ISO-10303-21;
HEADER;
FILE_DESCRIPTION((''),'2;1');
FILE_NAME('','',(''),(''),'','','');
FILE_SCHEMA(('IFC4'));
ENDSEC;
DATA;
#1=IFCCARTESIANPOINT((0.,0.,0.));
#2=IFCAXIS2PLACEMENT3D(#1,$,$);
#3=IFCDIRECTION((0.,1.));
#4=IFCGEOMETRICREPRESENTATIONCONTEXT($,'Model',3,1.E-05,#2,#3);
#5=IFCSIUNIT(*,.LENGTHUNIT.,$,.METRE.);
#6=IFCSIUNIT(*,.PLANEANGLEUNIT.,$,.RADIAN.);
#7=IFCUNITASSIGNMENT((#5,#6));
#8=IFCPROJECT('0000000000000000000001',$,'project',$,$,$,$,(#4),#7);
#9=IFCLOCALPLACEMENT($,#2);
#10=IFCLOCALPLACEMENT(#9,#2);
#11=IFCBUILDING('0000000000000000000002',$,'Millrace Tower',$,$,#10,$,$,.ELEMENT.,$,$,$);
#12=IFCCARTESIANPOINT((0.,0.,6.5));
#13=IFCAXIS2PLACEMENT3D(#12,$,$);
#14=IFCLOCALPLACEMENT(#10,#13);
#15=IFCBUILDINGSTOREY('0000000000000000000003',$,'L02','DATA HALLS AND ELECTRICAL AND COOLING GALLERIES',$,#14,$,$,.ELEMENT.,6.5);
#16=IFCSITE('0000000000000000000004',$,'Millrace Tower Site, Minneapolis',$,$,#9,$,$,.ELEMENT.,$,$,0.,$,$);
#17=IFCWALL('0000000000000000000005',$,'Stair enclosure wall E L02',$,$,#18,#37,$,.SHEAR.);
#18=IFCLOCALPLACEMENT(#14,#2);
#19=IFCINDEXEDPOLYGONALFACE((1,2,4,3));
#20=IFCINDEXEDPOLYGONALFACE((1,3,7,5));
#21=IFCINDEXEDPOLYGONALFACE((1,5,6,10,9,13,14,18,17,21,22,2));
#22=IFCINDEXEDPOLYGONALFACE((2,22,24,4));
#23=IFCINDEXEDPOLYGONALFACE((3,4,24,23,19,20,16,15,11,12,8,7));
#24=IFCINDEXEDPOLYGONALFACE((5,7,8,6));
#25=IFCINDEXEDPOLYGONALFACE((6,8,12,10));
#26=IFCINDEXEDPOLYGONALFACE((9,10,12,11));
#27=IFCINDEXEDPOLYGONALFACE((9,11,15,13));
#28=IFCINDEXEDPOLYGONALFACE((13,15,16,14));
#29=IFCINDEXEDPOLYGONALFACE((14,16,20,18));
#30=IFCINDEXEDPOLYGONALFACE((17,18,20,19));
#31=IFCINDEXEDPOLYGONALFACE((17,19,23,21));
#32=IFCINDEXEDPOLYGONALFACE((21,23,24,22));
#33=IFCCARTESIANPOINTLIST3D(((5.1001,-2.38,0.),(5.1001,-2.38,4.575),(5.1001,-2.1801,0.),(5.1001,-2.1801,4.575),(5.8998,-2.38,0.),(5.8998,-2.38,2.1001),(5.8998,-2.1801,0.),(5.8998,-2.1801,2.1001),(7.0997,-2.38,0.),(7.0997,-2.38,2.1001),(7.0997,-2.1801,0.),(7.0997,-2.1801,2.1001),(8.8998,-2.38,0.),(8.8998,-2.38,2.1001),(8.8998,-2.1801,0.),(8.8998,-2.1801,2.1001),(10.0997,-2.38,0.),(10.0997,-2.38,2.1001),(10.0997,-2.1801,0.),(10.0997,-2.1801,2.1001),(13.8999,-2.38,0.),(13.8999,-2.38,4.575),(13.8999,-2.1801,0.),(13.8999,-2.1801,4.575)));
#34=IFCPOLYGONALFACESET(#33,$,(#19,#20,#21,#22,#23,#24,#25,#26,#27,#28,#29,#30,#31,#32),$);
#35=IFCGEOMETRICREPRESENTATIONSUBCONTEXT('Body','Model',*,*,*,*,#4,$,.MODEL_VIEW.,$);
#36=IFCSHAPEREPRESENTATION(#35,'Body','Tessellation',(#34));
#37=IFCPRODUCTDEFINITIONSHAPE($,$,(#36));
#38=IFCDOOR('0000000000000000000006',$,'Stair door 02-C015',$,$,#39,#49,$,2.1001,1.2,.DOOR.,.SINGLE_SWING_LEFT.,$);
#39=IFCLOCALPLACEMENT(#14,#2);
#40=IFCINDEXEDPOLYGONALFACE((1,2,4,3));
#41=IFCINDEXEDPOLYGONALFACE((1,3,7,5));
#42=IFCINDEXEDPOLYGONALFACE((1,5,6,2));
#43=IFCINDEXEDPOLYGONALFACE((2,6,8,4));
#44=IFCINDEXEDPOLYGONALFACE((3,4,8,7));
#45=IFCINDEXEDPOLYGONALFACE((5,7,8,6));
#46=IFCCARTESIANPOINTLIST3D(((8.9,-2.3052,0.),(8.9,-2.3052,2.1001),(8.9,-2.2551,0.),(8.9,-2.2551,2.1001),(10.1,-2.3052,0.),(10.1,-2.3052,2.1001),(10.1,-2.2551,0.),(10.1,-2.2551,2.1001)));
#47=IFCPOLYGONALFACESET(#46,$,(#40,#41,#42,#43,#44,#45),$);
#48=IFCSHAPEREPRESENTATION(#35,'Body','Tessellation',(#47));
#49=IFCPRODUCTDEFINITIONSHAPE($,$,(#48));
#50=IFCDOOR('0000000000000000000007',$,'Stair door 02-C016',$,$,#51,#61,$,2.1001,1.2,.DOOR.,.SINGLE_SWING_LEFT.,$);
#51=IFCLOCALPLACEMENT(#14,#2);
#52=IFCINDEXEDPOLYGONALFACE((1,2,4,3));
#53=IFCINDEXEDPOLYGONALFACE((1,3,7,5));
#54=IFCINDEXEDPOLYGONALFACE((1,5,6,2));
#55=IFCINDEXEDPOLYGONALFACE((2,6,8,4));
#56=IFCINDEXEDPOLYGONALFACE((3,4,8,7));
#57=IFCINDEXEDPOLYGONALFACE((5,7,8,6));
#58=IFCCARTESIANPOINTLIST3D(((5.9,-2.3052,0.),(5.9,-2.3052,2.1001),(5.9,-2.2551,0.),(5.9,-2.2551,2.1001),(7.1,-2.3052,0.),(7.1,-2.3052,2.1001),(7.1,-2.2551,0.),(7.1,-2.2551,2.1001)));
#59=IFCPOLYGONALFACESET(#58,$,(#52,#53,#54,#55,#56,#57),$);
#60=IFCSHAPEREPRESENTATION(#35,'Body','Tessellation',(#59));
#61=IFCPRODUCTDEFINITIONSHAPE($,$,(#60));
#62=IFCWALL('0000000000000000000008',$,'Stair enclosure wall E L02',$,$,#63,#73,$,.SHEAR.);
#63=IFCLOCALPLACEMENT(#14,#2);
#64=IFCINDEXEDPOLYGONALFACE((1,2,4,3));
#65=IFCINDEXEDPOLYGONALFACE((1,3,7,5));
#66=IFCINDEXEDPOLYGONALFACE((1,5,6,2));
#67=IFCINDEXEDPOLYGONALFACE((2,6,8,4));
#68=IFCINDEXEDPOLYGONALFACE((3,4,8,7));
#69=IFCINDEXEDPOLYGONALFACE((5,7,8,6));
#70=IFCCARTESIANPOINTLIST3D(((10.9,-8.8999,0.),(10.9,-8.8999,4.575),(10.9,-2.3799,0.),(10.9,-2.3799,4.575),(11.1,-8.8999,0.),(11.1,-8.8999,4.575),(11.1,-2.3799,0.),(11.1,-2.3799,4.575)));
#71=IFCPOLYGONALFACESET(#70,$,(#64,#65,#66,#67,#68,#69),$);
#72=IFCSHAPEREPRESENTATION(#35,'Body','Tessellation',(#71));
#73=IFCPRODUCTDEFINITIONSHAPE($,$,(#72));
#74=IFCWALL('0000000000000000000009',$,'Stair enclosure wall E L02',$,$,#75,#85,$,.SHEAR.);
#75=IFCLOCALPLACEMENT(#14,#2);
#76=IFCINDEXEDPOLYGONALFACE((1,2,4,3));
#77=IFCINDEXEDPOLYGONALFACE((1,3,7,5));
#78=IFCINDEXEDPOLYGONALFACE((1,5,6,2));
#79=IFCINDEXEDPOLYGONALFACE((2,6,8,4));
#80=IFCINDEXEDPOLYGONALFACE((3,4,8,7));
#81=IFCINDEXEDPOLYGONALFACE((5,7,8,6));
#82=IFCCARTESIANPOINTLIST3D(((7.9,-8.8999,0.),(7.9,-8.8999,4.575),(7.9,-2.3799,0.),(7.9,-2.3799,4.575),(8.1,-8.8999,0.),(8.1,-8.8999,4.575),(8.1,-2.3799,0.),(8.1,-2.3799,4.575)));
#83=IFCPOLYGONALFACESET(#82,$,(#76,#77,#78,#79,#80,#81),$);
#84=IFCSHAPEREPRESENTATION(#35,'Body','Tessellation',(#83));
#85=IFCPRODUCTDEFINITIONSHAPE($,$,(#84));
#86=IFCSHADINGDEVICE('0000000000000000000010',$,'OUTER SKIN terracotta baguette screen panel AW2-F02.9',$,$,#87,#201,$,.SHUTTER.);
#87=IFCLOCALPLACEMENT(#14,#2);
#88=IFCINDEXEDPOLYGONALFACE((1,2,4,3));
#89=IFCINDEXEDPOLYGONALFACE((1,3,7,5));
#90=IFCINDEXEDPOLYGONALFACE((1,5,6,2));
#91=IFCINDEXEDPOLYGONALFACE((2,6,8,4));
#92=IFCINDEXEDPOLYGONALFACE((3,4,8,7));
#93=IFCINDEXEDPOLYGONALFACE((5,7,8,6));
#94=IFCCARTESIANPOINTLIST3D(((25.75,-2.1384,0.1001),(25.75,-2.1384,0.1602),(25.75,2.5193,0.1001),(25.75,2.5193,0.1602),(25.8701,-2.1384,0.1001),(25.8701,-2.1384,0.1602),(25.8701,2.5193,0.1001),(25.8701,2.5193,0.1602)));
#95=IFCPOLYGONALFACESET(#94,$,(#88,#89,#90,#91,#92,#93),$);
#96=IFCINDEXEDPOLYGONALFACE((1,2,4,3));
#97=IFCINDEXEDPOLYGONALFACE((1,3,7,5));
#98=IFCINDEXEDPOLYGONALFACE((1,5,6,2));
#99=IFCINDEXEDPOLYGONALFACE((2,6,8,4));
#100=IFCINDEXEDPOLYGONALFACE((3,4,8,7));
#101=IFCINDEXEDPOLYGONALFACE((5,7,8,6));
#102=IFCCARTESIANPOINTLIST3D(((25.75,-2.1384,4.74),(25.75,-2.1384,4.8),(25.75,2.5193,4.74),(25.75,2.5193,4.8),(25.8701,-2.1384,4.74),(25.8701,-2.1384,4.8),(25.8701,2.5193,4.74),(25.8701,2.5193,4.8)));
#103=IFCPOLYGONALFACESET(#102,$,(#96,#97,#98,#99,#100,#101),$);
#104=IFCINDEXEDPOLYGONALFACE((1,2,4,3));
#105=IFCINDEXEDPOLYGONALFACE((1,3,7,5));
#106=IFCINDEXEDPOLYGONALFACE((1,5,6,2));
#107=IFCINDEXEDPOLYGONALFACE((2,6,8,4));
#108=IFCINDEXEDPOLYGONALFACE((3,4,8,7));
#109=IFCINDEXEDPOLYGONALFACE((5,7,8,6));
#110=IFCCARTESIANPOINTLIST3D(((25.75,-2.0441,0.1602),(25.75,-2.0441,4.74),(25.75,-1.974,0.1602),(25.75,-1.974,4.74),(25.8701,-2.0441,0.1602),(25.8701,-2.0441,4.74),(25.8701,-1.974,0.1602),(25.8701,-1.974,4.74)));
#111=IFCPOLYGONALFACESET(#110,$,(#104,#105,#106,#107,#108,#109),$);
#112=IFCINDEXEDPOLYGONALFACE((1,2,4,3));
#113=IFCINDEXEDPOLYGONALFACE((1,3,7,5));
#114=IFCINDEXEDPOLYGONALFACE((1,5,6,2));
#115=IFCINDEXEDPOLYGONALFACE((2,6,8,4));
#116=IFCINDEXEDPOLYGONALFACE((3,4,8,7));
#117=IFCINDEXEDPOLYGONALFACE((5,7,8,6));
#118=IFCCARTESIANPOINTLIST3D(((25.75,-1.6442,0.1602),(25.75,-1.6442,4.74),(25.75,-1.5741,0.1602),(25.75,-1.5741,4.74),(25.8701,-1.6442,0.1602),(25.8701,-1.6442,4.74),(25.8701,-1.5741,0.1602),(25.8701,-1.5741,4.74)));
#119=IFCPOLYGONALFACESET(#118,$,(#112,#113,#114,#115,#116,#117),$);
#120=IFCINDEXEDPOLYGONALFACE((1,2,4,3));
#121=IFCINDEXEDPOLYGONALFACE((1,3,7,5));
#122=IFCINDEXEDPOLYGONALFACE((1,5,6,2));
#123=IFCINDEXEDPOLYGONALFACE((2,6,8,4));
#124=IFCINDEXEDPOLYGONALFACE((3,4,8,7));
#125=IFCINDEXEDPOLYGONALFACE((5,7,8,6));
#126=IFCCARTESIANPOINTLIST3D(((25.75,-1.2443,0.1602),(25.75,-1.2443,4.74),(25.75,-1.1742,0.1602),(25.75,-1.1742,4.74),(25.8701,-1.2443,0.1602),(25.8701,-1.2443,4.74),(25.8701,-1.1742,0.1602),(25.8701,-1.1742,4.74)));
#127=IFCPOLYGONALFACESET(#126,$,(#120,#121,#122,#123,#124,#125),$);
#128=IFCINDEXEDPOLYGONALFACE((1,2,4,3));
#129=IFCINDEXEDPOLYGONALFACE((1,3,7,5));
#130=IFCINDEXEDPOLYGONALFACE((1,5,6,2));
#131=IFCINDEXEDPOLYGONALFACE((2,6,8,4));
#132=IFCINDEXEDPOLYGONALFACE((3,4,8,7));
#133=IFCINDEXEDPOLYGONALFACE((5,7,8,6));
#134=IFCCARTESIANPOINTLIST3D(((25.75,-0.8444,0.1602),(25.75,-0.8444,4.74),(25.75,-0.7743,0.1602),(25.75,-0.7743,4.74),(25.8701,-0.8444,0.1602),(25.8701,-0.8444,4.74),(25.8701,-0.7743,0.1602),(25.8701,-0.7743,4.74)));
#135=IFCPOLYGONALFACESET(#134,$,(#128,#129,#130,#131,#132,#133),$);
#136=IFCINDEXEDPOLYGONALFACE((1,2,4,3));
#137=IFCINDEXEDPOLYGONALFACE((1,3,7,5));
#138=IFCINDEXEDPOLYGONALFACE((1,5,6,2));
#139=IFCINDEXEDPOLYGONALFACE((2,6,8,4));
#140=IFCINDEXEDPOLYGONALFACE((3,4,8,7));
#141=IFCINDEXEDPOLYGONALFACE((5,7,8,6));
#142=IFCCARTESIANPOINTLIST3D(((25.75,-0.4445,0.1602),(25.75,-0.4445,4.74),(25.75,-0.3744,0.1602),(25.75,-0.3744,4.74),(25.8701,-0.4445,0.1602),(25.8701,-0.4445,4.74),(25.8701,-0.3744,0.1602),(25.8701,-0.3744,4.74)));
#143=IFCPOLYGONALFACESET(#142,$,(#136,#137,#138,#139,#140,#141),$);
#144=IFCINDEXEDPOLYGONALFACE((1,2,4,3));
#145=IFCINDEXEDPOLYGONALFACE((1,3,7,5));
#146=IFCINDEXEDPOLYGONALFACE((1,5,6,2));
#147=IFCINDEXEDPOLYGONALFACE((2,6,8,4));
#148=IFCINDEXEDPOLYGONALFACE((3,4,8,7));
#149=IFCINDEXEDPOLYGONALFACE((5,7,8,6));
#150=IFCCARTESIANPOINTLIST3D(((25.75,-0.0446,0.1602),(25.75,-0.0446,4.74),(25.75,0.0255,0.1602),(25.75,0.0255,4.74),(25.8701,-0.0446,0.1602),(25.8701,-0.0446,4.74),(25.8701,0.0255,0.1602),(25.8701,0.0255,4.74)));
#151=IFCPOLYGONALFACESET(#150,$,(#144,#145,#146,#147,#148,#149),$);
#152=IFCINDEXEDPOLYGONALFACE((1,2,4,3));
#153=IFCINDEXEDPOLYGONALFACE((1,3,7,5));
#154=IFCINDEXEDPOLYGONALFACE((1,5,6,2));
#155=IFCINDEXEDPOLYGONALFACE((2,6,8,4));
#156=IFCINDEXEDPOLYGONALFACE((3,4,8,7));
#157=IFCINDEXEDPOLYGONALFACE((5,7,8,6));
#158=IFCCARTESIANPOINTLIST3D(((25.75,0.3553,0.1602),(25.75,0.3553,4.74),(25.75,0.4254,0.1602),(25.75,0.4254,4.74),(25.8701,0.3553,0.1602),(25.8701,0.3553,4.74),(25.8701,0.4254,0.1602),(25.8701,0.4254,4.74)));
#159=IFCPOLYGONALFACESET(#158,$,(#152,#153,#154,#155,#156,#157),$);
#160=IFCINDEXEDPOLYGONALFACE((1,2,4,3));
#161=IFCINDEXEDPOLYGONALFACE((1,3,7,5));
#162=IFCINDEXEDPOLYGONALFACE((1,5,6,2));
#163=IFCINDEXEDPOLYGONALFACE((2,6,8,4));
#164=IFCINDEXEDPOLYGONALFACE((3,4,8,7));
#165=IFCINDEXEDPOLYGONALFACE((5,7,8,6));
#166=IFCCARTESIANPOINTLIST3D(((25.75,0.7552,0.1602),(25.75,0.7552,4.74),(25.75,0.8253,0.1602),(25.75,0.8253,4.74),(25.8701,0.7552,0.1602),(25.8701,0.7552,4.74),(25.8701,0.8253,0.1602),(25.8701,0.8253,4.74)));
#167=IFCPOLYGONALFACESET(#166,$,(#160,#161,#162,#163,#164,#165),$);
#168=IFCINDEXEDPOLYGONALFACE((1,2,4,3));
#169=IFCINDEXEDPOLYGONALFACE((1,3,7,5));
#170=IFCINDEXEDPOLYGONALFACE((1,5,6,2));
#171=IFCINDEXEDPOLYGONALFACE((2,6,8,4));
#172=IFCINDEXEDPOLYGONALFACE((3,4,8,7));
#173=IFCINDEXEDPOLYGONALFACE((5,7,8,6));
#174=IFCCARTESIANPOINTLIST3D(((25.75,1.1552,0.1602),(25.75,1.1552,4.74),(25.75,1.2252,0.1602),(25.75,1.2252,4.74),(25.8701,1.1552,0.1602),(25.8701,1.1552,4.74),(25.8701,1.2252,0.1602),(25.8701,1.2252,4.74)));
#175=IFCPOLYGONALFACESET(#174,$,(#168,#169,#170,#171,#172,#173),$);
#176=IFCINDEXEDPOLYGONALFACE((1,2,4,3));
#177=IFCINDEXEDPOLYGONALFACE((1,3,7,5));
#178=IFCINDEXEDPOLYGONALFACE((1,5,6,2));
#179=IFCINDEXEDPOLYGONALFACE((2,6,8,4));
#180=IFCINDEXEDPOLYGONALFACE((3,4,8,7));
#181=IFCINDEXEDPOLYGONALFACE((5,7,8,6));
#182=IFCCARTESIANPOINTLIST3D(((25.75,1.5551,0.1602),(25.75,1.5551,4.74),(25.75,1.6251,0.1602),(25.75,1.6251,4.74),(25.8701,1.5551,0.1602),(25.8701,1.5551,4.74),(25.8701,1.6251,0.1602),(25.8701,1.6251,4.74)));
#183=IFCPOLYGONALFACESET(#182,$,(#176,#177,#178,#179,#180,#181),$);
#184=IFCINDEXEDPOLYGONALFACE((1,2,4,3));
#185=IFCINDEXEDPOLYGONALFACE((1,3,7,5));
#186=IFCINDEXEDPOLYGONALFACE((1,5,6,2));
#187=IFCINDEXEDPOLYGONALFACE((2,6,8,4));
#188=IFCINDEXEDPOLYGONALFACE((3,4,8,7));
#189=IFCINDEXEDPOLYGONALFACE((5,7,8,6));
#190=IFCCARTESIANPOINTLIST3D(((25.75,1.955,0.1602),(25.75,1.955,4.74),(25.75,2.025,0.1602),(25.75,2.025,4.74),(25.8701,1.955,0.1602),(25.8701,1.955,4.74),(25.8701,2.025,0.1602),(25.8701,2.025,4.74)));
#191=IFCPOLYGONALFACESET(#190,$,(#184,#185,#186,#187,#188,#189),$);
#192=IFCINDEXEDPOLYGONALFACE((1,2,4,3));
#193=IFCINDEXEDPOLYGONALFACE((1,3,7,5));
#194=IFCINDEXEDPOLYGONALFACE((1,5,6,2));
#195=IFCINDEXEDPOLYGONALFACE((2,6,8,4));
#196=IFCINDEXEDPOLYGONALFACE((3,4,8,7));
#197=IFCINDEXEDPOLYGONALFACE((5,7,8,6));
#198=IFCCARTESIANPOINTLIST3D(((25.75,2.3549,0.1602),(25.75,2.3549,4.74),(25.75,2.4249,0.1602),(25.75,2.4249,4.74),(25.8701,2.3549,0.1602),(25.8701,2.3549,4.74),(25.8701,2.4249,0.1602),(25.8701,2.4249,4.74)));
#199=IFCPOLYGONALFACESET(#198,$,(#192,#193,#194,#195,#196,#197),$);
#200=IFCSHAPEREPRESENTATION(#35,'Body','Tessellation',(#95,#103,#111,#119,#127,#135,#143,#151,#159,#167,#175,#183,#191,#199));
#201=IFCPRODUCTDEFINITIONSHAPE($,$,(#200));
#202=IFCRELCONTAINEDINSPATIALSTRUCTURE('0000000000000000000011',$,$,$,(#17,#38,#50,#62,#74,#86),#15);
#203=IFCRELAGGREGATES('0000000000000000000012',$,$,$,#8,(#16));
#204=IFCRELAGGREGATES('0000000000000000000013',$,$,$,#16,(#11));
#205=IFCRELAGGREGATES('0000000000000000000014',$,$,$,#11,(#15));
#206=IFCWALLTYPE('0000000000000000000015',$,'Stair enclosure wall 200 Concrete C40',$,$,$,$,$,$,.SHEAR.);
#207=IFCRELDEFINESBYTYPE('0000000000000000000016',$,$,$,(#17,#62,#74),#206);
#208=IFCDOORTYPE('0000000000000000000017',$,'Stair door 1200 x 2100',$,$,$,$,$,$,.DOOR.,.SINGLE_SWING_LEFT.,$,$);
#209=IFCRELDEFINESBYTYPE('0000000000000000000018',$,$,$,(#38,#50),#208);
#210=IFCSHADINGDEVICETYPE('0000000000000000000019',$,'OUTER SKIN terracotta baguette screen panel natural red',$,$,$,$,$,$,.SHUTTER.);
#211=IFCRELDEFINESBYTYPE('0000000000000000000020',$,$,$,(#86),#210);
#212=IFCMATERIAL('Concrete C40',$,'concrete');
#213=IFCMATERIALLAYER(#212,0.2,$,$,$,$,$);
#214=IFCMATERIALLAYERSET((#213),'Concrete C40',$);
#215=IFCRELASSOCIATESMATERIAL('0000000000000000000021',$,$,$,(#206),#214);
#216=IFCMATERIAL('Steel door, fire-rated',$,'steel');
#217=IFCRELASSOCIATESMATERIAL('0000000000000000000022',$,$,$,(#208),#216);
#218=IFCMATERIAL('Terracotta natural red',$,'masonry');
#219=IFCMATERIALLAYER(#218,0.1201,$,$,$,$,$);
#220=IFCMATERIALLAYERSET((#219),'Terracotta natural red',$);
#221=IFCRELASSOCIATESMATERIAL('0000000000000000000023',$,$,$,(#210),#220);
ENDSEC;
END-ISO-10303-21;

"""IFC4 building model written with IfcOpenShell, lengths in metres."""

from ifc_helpers import new_model, entity, si_unit, direction, frame, frame_2d, origin, place, context, subcontext, project, spatial, rectangle, extrude, source, transform, mapped, material, layer, layer_set, type_object, element, fill, save


model = new_model("IFC4")

# Units and contexts
model_context = context("Model", 3, precision=1e-05, world=origin(), true_north=direction((0.0, 1.0)))
body_context = subcontext(model_context, "Body", "Model", "MODEL_VIEW")
ifc_project = project(units=[si_unit("LENGTHUNIT", "METRE"), si_unit("PLANEANGLEUNIT", "RADIAN")], contexts=[model_context])

# Site, building, storey
site_placement = place(None, origin())
site = spatial("IfcSite", under=ifc_project, at=site_placement, Name="Millrace Tower Site, Minneapolis", CompositionType="ELEMENT", RefElevation=0.0)
building_placement = place(site_placement, origin())
building = spatial("IfcBuilding", under=site, at=building_placement, Name="Millrace Tower", CompositionType="ELEMENT")
storey_placement = place(building_placement, frame((0.0, 0.0, 6.5)))
storey = spatial("IfcBuildingStorey", under=building, at=storey_placement, Name="L02", Description="DATA HALLS AND ELECTRICAL AND COOLING GALLERIES", CompositionType="ELEMENT", Elevation=6.5)

# Shared definitions
ifc_material_1 = material(Name="Concrete C40", Category="concrete")
ifc_layer_1 = layer(ifc_material_1, 0.2)
ifc_layer_set_1 = layer_set([ifc_layer_1], Name="Concrete C40")
wall_type_1 = type_object("IfcWallType", Name="Stair enclosure wall 200 Concrete C40", PredefinedType="SHEAR", material=ifc_layer_set_1)

# Wall, openings, doors
wall_1_placement = place(storey_placement, frame((13.8999, -2.28, 0.0), z_axis=(0.0, 0.0, 1.0), x_axis=(-1.0, 0.0, 0.0)))
wall_1 = element("IfcWall", 1, at=wall_1_placement, inside=storey, type_object=wall_type_1, Name="Stair enclosure wall E L02", PredefinedType="SHEAR", context=body_context, shape_type="SweptSolid", body=[
    extrude(rectangle(XDim=8.7998, YDim=0.2, at=frame_2d((4.3999, 0.0))), origin(), (0.0, 0.0, 1.0), 4.575),
])
opening_1_placement = place(wall_1_placement, frame((3.8, 0.0, 0.0)))
opening_1 = element("IfcOpeningElement", 2, at=opening_1_placement, cuts=wall_1, PredefinedType="OPENING", context=body_context, shape_type="SweptSolid", body=[
    extrude(rectangle(XDim=1.2, YDim=2.1001, at=frame_2d((0.6001, 1.05))), frame((0.0, 0.1099, 0.0), z_axis=(0.0, -1.0, 0.0), x_axis=(1.0, 0.0, 0.0)), (0.0, 0.0, 1.0), 0.22),
])
opening_2_placement = place(wall_1_placement, frame((6.8, 0.0, 0.0)))
opening_2 = element("IfcOpeningElement", 3, at=opening_2_placement, cuts=wall_1, PredefinedType="OPENING", context=body_context, shape_type="SweptSolid", body=[
    extrude(rectangle(XDim=1.2, YDim=2.1001, at=frame_2d((0.6001, 1.05))), frame((0.0, 0.1099, 0.0), z_axis=(0.0, -1.0, 0.0), x_axis=(1.0, 0.0, 0.0)), (0.0, 0.0, 1.0), 0.22),
])
ifc_material_2 = material(Name="Steel door, fire-rated", Category="steel")
door_type_1 = type_object("IfcDoorType", Name="Stair door 1200 x 2100", OperationType="SINGLE_SWING_LEFT", PredefinedType="DOOR", material=ifc_material_2)
door_1_placement = place(opening_1_placement, frame((1.2, 0.0, 0.0), z_axis=(0.0, 0.0, 1.0), x_axis=(-1.0, 0.0, 0.0)))
door_1 = element("IfcDoor", 4, at=door_1_placement, inside=storey, type_object=door_type_1, Name="Stair door 02-C015", OperationType="SINGLE_SWING_LEFT", OverallHeight=2.1001, OverallWidth=1.2, PredefinedType="DOOR", context=body_context, shape_type="SweptSolid", body=[
    extrude(rectangle(XDim=1.2, YDim=2.1001, at=frame_2d((0.6001, 1.05))), frame((0.0, 0.0249, 0.0), z_axis=(0.0, -1.0, 0.0), x_axis=(1.0, 0.0, 0.0)), (0.0, 0.0, 1.0), 0.05),
])
fill(opening_1, door_1)
door_2_placement = place(opening_2_placement, frame((1.2, 0.0, 0.0), z_axis=(0.0, 0.0, 1.0), x_axis=(-1.0, 0.0, 0.0)))
door_2 = element("IfcDoor", 5, at=door_2_placement, inside=storey, type_object=door_type_1, Name="Stair door 02-C016", OperationType="SINGLE_SWING_LEFT", OverallHeight=2.1001, OverallWidth=1.2, PredefinedType="DOOR", context=body_context, shape_type="SweptSolid", body=[
    extrude(rectangle(XDim=1.2, YDim=2.1001, at=frame_2d((0.6001, 1.05))), frame((0.0, 0.0249, 0.0), z_axis=(0.0, -1.0, 0.0), x_axis=(1.0, 0.0, 0.0)), (0.0, 0.0, 1.0), 0.05),
])
fill(opening_2, door_2)

# Walls
for number, where, z_axis, x_axis, name in (
    (6, (11.0, -2.3799, 0.0), (0.0, 0.0, 1.0), (0.0, -1.0, 0.0), "Stair enclosure wall E L02"),
    (7, (8.0, -2.3799, 0.0), (0.0, 0.0, 1.0), (0.0, -1.0, 0.0), "Stair enclosure wall E L02"),
):
    element("IfcWall", number, at=place(storey_placement, frame(where, z_axis=z_axis, x_axis=x_axis)), inside=storey, type_object=wall_type_1, Name=name, PredefinedType="SHEAR", context=body_context, shape_type="SweptSolid", body=[
        extrude(rectangle(XDim=6.52, YDim=0.2, at=frame_2d((3.26, 0.0))), origin(), (0.0, 0.0, 1.0), 4.575),
    ])

# Shading device
ifc_material_3 = material(Name="Terracotta natural red", Category="masonry")
ifc_layer_2 = layer(ifc_material_3, 0.1201)
ifc_layer_set_2 = layer_set([ifc_layer_2], Name="Terracotta natural red")
shading_device_type = type_object("IfcShadingDeviceType", Name="OUTER SKIN terracotta baguette screen panel natural red", PredefinedType="SHUTTER", material=ifc_layer_set_2)
cartesian_point = entity("IfcCartesianPoint", [-2.3289, 0.0601])
shared_polyline = entity("IfcPolyline", [cartesian_point, entity("IfcCartesianPoint", [2.3289, 0.0601]), entity("IfcCartesianPoint", [2.3289, -0.0601]), entity("IfcCartesianPoint", [-2.3289, -0.0601]), cartesian_point])
shared_shape = source(origin(), body_context, "Body", "SweptSolid", [
    entity("IfcExtrudedAreaSolid", entity("IfcArbitraryClosedProfileDef", "AREA", None, shared_polyline), entity("IfcAxis2Placement3D", entity("IfcCartesianPoint", [0.0, 0.0, 0.0])), entity("IfcDirection", [0.0, 0.0, 1.0]), 0.0601),
    entity("IfcExtrudedAreaSolid", entity("IfcArbitraryClosedProfileDef", "AREA", None, shared_polyline), entity("IfcAxis2Placement3D", entity("IfcCartesianPoint", [0.0, 0.0, 4.6399])), entity("IfcDirection", [0.0, 0.0, 1.0]), 0.0601),
    extrude(rectangle(XDim=0.0701, YDim=0.1201, at=frame_2d((-2.1995, 0.0))), frame((0.0, 0.0, 0.0601)), (0.0, 0.0, 1.0), 4.5798),
    extrude(rectangle(XDim=0.0701, YDim=0.1201, at=frame_2d((-1.7996, 0.0))), frame((0.0, 0.0, 0.0601)), (0.0, 0.0, 1.0), 4.5798),
    extrude(rectangle(XDim=0.0701, YDim=0.1201, at=frame_2d((-1.3997, 0.0))), frame((0.0, 0.0, 0.0601)), (0.0, 0.0, 1.0), 4.5798),
    extrude(rectangle(XDim=0.0701, YDim=0.1201, at=frame_2d((-0.9998, 0.0))), frame((0.0, 0.0, 0.0601)), (0.0, 0.0, 1.0), 4.5798),
    extrude(rectangle(XDim=0.0701, YDim=0.1201, at=frame_2d((-0.5999, 0.0))), frame((0.0, 0.0, 0.0601)), (0.0, 0.0, 1.0), 4.5798),
    extrude(rectangle(XDim=0.0701, YDim=0.1201, at=frame_2d((-0.2, 0.0))), frame((0.0, 0.0, 0.0601)), (0.0, 0.0, 1.0), 4.5798),
    extrude(rectangle(XDim=0.0701, YDim=0.1201, at=frame_2d((0.2, 0.0))), frame((0.0, 0.0, 0.0601)), (0.0, 0.0, 1.0), 4.5798),
    extrude(rectangle(XDim=0.0701, YDim=0.1201, at=frame_2d((0.5999, 0.0))), frame((0.0, 0.0, 0.0601)), (0.0, 0.0, 1.0), 4.5798),
    extrude(rectangle(XDim=0.0701, YDim=0.1201, at=frame_2d((0.9998, 0.0))), frame((0.0, 0.0, 0.0601)), (0.0, 0.0, 1.0), 4.5798),
    extrude(rectangle(XDim=0.0701, YDim=0.1201, at=frame_2d((1.3997, 0.0))), frame((0.0, 0.0, 0.0601)), (0.0, 0.0, 1.0), 4.5798),
    extrude(rectangle(XDim=0.0701, YDim=0.1201, at=frame_2d((1.7996, 0.0))), frame((0.0, 0.0, 0.0601)), (0.0, 0.0, 1.0), 4.5798),
    extrude(rectangle(XDim=0.0701, YDim=0.1201, at=frame_2d((2.1995, 0.0))), frame((0.0, 0.0, 0.0601)), (0.0, 0.0, 1.0), 4.5798),
])
shading_device_placement = place(storey_placement, frame((25.8101, 0.1904, 0.1001), z_axis=(0.0, 0.0, 1.0), x_axis=(0.0, 1.0, 0.0)))
element("IfcShadingDevice", 8, at=shading_device_placement, inside=storey, type_object=shading_device_type, Name="OUTER SKIN terracotta baguette screen panel AW2-F02.9", PredefinedType="SHUTTER", context=body_context, shape_type="MappedRepresentation", body=[
    mapped(shared_shape, transform((0.0, 0.0, 0.0), scale=1.0)),
])

save(model, "model.ifc")
